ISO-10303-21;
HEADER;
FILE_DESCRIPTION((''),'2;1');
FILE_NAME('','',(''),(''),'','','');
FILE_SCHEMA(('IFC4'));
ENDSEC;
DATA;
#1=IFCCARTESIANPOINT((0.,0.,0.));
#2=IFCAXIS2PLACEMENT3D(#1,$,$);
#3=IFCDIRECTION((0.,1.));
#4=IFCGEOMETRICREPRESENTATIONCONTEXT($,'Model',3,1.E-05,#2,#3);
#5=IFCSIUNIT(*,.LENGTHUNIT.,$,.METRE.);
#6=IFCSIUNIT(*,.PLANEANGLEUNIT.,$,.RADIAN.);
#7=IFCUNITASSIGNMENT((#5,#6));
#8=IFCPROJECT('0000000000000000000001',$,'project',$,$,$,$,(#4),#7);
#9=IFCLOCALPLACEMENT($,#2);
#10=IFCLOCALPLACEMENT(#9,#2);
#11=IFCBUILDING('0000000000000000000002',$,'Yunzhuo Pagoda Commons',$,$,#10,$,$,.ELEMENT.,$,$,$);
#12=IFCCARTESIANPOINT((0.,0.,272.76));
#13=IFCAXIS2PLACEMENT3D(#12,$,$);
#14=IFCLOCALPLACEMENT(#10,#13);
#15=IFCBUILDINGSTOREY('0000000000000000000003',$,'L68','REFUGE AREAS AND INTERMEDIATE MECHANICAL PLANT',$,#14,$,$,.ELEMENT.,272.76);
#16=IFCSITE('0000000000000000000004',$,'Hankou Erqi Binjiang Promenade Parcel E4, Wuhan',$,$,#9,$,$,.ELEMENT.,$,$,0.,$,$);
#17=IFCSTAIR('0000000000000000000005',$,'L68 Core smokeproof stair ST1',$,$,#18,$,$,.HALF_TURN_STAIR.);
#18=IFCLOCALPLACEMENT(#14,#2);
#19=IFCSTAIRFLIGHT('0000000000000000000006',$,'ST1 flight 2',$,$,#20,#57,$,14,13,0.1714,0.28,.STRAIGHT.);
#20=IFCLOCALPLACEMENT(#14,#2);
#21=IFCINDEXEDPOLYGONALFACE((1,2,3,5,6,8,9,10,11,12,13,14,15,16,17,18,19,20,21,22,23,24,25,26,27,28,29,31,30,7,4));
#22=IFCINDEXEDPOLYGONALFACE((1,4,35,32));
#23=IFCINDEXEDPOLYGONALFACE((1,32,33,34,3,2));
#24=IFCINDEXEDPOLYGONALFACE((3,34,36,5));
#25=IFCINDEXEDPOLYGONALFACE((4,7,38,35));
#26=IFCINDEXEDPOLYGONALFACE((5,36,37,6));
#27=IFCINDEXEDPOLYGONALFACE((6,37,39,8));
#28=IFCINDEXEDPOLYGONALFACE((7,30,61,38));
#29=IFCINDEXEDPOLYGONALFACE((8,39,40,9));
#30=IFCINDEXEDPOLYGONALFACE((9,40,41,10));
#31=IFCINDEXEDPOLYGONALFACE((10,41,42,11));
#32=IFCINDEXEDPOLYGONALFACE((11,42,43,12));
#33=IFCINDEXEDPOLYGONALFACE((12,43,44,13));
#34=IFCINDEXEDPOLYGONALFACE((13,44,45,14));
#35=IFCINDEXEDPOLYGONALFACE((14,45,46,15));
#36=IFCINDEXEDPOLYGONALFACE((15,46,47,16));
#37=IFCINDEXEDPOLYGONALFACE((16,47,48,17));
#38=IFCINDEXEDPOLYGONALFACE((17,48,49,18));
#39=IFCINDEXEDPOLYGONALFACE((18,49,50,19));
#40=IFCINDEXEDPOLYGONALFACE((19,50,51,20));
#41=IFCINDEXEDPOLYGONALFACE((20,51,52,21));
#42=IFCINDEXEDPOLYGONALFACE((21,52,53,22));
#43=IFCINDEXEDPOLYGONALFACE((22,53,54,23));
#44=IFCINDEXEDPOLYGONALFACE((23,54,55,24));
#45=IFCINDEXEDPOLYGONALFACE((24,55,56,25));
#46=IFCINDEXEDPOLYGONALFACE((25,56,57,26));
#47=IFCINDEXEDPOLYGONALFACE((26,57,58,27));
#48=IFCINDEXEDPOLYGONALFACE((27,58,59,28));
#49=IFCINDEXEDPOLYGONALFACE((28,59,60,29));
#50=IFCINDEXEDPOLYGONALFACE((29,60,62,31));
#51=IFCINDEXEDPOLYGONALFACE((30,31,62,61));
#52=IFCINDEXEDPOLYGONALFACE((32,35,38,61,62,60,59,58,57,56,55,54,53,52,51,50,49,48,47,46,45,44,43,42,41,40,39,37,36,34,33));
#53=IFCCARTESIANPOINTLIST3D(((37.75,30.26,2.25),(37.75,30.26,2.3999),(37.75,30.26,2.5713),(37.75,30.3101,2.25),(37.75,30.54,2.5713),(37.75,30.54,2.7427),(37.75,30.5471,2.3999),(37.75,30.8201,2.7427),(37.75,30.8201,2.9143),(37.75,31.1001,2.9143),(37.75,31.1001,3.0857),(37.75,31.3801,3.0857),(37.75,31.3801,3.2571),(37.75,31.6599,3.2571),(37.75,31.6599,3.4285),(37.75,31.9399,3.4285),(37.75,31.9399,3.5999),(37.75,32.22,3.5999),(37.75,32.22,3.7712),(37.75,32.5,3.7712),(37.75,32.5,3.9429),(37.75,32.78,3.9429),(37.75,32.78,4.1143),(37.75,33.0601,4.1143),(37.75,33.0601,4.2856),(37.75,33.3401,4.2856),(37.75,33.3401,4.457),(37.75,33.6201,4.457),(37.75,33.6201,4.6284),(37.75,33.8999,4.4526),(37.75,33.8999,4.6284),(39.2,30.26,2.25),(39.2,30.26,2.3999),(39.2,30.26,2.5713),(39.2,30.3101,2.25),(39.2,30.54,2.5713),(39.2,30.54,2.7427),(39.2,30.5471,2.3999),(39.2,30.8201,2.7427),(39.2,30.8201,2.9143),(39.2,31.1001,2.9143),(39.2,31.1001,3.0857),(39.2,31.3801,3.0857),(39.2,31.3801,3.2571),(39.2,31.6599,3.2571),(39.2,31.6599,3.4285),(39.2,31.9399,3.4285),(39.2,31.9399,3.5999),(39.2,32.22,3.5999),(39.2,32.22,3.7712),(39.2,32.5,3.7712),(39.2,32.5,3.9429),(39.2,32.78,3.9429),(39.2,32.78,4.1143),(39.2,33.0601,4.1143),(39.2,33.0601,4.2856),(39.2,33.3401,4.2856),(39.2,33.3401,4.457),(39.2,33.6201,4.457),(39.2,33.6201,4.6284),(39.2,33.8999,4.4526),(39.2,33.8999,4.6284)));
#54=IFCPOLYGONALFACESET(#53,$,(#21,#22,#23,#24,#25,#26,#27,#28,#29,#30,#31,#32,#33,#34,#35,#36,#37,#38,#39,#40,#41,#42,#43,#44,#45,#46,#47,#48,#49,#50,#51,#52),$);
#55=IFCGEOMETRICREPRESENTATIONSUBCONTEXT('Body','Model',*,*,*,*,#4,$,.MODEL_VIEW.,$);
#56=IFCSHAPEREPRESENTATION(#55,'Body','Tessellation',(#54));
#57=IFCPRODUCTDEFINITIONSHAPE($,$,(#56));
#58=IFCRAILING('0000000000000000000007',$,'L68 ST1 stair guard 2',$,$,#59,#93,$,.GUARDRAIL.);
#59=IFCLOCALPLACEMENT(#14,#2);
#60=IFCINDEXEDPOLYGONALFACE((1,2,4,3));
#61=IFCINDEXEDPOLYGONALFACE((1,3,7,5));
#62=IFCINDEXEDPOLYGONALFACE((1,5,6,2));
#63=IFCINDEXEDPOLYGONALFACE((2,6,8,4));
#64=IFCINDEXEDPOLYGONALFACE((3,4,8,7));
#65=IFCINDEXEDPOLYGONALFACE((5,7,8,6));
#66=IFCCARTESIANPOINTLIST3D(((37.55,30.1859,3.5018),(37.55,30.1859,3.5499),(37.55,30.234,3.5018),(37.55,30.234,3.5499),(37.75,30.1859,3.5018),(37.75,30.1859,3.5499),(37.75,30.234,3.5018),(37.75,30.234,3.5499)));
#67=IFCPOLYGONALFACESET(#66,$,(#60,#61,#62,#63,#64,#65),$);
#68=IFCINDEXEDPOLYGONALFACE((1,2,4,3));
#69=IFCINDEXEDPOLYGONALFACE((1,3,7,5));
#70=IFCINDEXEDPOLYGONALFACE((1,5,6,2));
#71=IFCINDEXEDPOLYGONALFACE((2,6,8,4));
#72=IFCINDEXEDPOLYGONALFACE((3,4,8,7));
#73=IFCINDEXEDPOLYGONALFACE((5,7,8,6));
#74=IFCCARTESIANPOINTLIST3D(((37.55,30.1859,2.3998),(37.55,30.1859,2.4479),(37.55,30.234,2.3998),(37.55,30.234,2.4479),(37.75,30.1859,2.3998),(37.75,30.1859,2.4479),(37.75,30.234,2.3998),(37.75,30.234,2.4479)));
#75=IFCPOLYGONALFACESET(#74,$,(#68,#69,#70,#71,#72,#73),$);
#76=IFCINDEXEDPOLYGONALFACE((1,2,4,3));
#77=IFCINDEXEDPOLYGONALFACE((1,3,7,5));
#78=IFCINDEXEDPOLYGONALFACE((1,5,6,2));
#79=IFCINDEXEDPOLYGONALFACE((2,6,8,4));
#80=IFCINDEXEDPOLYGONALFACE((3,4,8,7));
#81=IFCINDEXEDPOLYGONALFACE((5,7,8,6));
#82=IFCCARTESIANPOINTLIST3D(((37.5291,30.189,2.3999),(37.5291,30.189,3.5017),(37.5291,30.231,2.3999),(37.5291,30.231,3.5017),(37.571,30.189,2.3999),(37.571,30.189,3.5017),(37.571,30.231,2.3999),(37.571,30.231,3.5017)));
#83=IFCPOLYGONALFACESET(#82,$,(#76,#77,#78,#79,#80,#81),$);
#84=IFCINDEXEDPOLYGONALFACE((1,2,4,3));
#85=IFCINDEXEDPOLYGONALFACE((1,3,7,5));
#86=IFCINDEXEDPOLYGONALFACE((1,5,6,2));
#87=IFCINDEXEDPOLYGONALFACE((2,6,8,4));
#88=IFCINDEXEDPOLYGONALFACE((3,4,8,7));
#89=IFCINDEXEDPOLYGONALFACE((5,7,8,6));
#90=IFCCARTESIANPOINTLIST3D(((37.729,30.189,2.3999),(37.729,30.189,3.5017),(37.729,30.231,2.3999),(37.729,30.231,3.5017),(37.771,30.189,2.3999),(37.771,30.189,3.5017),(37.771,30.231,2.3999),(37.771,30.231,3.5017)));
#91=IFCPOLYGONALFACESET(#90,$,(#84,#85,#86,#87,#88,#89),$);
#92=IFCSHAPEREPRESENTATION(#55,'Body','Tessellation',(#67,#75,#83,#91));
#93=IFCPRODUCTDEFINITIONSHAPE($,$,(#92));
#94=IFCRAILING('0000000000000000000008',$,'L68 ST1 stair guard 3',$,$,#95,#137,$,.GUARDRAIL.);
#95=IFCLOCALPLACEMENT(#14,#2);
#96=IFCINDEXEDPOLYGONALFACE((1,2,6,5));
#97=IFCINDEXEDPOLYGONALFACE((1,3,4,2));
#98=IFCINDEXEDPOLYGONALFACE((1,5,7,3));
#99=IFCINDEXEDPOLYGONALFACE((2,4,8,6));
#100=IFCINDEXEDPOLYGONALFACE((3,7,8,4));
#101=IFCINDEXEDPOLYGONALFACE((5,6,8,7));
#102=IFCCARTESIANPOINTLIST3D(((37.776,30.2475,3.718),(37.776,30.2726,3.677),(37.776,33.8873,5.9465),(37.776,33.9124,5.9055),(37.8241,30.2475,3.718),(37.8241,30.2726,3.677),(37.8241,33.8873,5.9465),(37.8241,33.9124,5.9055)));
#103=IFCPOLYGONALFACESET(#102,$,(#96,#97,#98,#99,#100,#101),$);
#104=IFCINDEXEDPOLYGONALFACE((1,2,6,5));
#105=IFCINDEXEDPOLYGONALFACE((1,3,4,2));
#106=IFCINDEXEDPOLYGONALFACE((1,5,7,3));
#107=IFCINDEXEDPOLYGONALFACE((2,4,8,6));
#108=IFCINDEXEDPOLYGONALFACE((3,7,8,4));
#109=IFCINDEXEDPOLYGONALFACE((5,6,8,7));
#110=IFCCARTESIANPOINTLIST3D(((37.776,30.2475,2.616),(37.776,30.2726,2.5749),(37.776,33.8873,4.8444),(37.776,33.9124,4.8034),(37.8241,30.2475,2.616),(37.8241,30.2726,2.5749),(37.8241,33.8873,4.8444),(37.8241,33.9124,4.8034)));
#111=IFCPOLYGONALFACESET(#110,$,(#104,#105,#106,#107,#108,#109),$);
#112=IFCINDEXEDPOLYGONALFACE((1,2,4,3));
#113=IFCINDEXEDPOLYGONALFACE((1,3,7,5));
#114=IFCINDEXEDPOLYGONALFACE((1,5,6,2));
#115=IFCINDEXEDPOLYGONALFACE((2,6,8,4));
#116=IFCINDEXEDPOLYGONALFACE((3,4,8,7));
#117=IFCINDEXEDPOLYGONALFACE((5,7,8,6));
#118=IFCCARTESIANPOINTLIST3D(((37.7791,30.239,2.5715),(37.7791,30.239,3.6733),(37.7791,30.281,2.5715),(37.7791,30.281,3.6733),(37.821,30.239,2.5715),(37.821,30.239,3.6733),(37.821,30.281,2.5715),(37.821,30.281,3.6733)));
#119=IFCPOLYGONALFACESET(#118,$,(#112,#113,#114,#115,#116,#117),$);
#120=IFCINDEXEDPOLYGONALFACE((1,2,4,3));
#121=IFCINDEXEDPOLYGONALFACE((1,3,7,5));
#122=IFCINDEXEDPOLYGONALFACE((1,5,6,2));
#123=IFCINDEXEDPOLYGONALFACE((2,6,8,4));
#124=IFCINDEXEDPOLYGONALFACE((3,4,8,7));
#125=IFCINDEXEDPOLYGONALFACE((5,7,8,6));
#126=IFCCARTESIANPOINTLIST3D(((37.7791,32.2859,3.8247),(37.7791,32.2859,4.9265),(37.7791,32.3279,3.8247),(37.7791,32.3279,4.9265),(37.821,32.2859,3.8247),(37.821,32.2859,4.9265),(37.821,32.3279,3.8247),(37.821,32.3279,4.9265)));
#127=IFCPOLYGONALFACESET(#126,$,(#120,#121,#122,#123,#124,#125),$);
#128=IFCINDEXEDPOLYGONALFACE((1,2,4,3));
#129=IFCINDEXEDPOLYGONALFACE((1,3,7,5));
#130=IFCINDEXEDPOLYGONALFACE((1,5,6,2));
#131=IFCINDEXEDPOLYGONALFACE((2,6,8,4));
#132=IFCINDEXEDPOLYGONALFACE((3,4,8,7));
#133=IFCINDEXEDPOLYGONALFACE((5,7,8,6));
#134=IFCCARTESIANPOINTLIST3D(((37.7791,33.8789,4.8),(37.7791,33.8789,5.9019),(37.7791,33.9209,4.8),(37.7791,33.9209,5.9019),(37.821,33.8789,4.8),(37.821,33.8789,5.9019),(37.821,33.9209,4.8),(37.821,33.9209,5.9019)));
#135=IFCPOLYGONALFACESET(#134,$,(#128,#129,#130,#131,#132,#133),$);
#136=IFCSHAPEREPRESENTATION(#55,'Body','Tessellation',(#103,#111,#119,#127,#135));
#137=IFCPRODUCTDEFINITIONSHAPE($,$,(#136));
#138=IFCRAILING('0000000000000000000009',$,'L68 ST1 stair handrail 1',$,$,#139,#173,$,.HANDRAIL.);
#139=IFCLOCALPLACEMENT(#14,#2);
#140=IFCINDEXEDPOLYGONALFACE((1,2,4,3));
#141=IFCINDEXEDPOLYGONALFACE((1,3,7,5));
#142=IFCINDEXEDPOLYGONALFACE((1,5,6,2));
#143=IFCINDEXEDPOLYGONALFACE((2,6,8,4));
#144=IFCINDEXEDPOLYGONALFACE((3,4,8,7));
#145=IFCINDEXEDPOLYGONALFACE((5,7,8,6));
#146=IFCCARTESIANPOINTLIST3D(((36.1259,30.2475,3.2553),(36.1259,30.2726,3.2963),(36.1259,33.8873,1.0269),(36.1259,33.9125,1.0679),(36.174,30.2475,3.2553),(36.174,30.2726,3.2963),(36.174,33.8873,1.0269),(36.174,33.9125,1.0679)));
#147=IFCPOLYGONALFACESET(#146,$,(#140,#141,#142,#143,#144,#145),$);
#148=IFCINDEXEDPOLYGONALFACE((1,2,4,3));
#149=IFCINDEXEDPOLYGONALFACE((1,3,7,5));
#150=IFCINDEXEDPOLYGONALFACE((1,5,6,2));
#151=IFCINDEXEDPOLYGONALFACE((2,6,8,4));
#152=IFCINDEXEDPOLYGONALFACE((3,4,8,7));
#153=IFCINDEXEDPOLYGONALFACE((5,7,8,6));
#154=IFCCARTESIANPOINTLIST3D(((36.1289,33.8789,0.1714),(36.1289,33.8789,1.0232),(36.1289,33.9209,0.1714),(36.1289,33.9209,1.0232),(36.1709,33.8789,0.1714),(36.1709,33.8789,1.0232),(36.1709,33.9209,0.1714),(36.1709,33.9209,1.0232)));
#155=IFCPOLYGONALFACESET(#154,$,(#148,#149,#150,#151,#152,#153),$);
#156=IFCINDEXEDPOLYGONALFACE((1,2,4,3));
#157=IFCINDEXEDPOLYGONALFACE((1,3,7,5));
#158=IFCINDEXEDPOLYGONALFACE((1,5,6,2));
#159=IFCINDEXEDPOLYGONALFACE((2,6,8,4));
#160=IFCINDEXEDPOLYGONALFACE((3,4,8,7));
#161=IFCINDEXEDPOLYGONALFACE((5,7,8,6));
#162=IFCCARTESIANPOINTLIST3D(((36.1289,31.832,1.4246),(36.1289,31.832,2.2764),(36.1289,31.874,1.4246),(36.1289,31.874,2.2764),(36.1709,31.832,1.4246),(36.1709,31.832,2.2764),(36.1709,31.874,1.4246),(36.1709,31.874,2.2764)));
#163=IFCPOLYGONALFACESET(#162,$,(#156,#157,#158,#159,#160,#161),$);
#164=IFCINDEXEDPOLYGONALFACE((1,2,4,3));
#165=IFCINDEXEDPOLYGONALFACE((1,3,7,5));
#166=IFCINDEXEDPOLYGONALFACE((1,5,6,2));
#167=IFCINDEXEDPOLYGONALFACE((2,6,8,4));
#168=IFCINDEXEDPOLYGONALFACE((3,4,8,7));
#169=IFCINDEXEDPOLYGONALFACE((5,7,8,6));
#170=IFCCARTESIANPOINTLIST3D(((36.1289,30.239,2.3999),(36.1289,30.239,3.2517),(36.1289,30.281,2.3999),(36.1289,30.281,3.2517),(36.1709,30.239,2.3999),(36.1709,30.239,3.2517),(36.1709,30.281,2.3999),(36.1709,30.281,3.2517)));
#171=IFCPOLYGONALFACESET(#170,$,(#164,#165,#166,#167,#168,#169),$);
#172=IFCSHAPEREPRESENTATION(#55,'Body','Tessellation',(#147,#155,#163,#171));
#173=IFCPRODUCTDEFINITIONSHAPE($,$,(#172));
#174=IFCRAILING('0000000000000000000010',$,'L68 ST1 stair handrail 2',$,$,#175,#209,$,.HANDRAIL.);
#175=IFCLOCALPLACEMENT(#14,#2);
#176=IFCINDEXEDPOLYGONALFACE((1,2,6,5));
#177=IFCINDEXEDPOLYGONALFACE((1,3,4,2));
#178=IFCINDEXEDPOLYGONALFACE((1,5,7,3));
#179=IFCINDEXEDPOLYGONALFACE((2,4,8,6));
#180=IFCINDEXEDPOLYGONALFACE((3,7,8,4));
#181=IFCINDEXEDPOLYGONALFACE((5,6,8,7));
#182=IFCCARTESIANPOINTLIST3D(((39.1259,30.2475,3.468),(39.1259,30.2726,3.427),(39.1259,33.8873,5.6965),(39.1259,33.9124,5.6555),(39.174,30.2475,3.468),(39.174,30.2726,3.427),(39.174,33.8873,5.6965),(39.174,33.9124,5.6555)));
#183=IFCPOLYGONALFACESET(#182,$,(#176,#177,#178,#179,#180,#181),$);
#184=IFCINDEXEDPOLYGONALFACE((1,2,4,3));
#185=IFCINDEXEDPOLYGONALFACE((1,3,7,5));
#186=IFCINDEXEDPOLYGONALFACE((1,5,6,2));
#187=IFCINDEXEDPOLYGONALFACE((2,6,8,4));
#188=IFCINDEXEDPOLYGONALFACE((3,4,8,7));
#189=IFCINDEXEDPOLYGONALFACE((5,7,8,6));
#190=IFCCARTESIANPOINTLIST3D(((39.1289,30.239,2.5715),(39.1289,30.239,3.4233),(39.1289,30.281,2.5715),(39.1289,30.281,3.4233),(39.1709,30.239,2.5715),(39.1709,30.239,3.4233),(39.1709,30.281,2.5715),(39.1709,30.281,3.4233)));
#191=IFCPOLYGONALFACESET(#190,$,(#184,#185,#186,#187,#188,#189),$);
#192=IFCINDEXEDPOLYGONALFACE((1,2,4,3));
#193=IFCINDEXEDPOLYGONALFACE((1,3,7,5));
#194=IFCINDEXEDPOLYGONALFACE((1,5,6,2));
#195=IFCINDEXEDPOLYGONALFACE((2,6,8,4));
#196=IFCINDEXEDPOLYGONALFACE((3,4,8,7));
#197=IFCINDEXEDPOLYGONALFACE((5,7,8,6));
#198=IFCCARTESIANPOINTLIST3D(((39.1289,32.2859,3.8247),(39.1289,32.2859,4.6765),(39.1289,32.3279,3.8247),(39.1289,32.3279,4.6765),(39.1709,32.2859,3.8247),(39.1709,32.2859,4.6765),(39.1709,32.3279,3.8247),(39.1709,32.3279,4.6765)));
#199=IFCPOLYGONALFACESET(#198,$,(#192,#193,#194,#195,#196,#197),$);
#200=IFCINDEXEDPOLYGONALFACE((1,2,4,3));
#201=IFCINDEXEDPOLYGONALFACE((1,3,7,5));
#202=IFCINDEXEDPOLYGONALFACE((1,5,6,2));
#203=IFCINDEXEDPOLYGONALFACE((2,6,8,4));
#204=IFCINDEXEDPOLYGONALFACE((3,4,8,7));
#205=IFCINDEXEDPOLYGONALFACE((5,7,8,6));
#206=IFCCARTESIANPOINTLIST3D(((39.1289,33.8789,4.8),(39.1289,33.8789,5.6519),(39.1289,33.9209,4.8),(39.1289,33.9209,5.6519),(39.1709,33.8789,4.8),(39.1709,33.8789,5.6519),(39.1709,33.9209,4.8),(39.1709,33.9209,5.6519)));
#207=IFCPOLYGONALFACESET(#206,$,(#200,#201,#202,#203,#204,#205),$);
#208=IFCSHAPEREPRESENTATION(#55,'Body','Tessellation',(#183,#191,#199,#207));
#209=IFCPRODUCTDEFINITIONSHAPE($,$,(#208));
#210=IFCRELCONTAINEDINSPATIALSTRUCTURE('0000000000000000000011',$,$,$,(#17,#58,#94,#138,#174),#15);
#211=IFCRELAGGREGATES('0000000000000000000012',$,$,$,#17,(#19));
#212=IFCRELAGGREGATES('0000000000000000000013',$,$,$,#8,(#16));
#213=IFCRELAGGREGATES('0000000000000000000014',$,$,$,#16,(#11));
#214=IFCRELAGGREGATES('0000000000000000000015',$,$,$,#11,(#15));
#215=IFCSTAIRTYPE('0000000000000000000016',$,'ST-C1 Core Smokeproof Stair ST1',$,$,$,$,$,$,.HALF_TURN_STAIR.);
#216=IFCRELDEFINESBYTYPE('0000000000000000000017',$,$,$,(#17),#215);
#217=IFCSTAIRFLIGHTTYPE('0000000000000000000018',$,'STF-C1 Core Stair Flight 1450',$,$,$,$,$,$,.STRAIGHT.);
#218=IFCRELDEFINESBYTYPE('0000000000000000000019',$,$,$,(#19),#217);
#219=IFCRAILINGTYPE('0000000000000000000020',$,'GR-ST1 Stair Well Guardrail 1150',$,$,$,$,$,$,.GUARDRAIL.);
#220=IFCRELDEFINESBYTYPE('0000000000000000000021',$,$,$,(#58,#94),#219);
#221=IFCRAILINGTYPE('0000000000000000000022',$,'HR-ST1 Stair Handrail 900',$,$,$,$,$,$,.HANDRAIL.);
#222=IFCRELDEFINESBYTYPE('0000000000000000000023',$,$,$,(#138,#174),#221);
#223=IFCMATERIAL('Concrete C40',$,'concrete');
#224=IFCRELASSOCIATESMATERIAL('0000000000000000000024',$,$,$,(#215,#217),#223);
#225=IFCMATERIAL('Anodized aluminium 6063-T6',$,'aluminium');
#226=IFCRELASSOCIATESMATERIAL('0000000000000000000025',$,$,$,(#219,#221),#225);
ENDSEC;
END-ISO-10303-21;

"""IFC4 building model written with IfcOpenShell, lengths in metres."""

from ifc_helpers import new_model, si_unit, direction, frame, origin, origin_2d, place, context, subcontext, project, spatial, polyline, rectangle, outline, extrude, source, transform, mapped, material, type_object, element, aggregate, save


model = new_model("IFC4")

# Units and contexts
model_context = context("Model", 3, precision=1e-05, world=origin(), true_north=direction((0.0, 1.0)))
body_context = subcontext(model_context, "Body", "Model", "MODEL_VIEW")
ifc_project = project(units=[si_unit("LENGTHUNIT", "METRE"), si_unit("PLANEANGLEUNIT", "RADIAN")], contexts=[model_context])

# Site, building, storey
site_placement = place(None, origin())
site = spatial("IfcSite", under=ifc_project, at=site_placement, Name="Hankou Erqi Binjiang Promenade Parcel E4, Wuhan", CompositionType="ELEMENT", RefElevation=0.0)
building_placement = place(site_placement, origin())
building = spatial("IfcBuilding", under=site, at=building_placement, Name="Yunzhuo Pagoda Commons", CompositionType="ELEMENT")
storey_placement = place(building_placement, frame((0.0, 0.0, 272.76)))
storey = spatial("IfcBuildingStorey", under=building, at=storey_placement, Name="L68", Description="REFUGE AREAS AND INTERMEDIATE MECHANICAL PLANT", CompositionType="ELEMENT", Elevation=272.76)

# Shared definitions
ifc_material_1 = material(Name="Concrete C40", Category="concrete")

# Stair, stair flight
stair_type = type_object("IfcStairType", Name="ST-C1 Core Smokeproof Stair ST1", PredefinedType="HALF_TURN_STAIR", material=ifc_material_1)
stair_placement = place(storey_placement, origin())
stair = element("IfcStair", 1, at=stair_placement, inside=storey, type_object=stair_type, Name="L68 Core smokeproof stair ST1", PredefinedType="HALF_TURN_STAIR")
stair_flight_type = type_object("IfcStairFlightType", Name="STF-C1 Core Stair Flight 1450", PredefinedType="STRAIGHT", material=ifc_material_1)
shared_shape_1 = source(origin(), body_context, "Body", "SweptSolid", [
    extrude(outline(polyline([(0.0, -0.1499), (0.0, 0.0), (0.0, 0.1714), (0.28, 0.1714), (0.28, 0.3428), (0.5601, 0.3428), (0.5601, 0.5144), (0.8401, 0.5144), (0.8401, 0.6858), (1.1201, 0.6858), (1.1201, 0.8572), (1.3999, 0.8572), (1.3999, 1.0286), (1.6799, 1.0286), (1.6799, 1.2), (1.96, 1.2), (1.96, 1.3713), (2.24, 1.3713), (2.24, 1.543), (2.52, 1.543), (2.52, 1.7144), (2.8, 1.7144), (2.8, 1.8857), (3.0801, 1.8857), (3.0801, 2.0571), (3.3601, 2.0571), (3.3601, 2.2285), (3.6399, 2.2285), (3.6399, 2.3999), (3.6399, 2.0527), (0.2871, 0.0), (0.05, -0.1499), (0.0, -0.1499)])), frame((0.0, 0.7251, 0.0), z_axis=(0.0, -1.0, 0.0), x_axis=(1.0, 0.0, 0.0)), (0.0, 0.0, 1.0), 1.45),
])
stair_flight_placement = place(storey_placement, frame((38.4751, 30.26, 2.3999), z_axis=(0.0, 0.0, 1.0), x_axis=(0.0, 1.0, 0.0)))
stair_flight = element("IfcStairFlight", 2, at=stair_flight_placement, type_object=stair_flight_type, Name="ST1 flight 2", NumberOfRisers=14, NumberOfTreads=13, PredefinedType="STRAIGHT", RiserHeight=0.1714, TreadLength=0.28, context=body_context, shape_type="MappedRepresentation", body=[
    mapped(shared_shape_1, transform((0.0, 0.0, 0.0), scale=1.0)),
])
aggregate(stair, [stair_flight])

# Railings
ifc_material_2 = material(Name="Anodized aluminium 6063-T6", Category="aluminium")
railing_type_1 = type_object("IfcRailingType", Name="GR-ST1 Stair Well Guardrail 1150", PredefinedType="GUARDRAIL", material=ifc_material_2)
railing_1_placement = place(storey_placement, frame((37.55, 30.21, 2.3999)))
element("IfcRailing", 3, at=railing_1_placement, inside=storey, type_object=railing_type_1, Name="L68 ST1 stair guard 2", PredefinedType="GUARDRAIL", context=body_context, shape_type="SweptSolid", body=[
    extrude(rectangle(XDim=0.0481, YDim=0.0481, at=origin_2d()), frame((0.0, 0.0, 1.126), z_axis=(1.0, 0.0, 0.0), x_axis=(0.0, 1.0, 0.0)), (0.0, 0.0, 1.0), 0.2),
    extrude(rectangle(XDim=0.0481, YDim=0.0481, at=origin_2d()), frame((0.0, 0.0, 0.0239), z_axis=(1.0, 0.0, 0.0), x_axis=(0.0, 1.0, 0.0)), (0.0, 0.0, 1.0), 0.2),
    extrude(rectangle(XDim=0.042, YDim=0.042, at=origin_2d()), origin(), (0.0, 0.0, 1.0), 1.1018),
    extrude(rectangle(XDim=0.042, YDim=0.042, at=origin_2d()), frame((0.2, 0.0, 0.0)), (0.0, 0.0, 1.0), 1.1018),
])
railing_2_placement = place(storey_placement, frame((37.8, 30.26, 2.5715)))
element("IfcRailing", 4, at=railing_2_placement, inside=storey, type_object=railing_type_1, Name="L68 ST1 stair guard 3", PredefinedType="GUARDRAIL", context=body_context, shape_type="SweptSolid", body=[
    extrude(rectangle(XDim=0.0481, YDim=0.0481, at=origin_2d()), frame((0.0, 0.0, 1.126), z_axis=(0.0, 0.85285, 0.522156), x_axis=(-1.0, 0.0, 0.0)), (0.0, 0.0, 1.0), 4.2678),
    extrude(rectangle(XDim=0.0481, YDim=0.0481, at=origin_2d()), frame((0.0, 0.0, 0.0239), z_axis=(0.0, 0.85285, 0.522156), x_axis=(-1.0, 0.0, 0.0)), (0.0, 0.0, 1.0), 4.2678),
    extrude(rectangle(XDim=0.042, YDim=0.042, at=origin_2d()), origin(), (0.0, 0.0, 1.0), 1.1018),
    extrude(rectangle(XDim=0.042, YDim=0.042, at=origin_2d()), frame((0.0, 2.0469, 1.2532)), (0.0, 0.0, 1.0), 1.1018),
    extrude(rectangle(XDim=0.042, YDim=0.042, at=origin_2d()), frame((0.0, 3.6399, 2.2285)), (0.0, 0.0, 1.0), 1.1018),
])
railing_type_2 = type_object("IfcRailingType", Name="HR-ST1 Stair Handrail 900", PredefinedType="HANDRAIL", material=ifc_material_2)
railing_3_placement = place(storey_placement, frame((36.1499, 33.8999, 0.1714)))
element("IfcRailing", 5, at=railing_3_placement, inside=storey, type_object=railing_type_2, Name="L68 ST1 stair handrail 1", PredefinedType="HANDRAIL", context=body_context, shape_type="SweptSolid", body=[
    extrude(rectangle(XDim=0.0481, YDim=0.0481, at=origin_2d()), frame((0.0, 0.0, 0.876), z_axis=(0.0, -0.85285, 0.522156), x_axis=(1.0, 0.0, 0.0)), (0.0, 0.0, 1.0), 4.2678),
    extrude(rectangle(XDim=0.042, YDim=0.042, at=origin_2d()), origin(), (0.0, 0.0, 1.0), 0.8518),
    extrude(rectangle(XDim=0.042, YDim=0.042, at=origin_2d()), frame((0.0, -2.0469, 1.2532)), (0.0, 0.0, 1.0), 0.8518),
    extrude(rectangle(XDim=0.042, YDim=0.042, at=origin_2d()), frame((0.0, -3.6399, 2.2285)), (0.0, 0.0, 1.0), 0.8518),
])
railing_4_placement = place(storey_placement, frame((39.1499, 30.26, 2.5715)))
element("IfcRailing", 6, at=railing_4_placement, inside=storey, type_object=railing_type_2, Name="L68 ST1 stair handrail 2", PredefinedType="HANDRAIL", context=body_context, shape_type="SweptSolid", body=[
    extrude(rectangle(XDim=0.0481, YDim=0.0481, at=origin_2d()), frame((0.0, 0.0, 0.876), z_axis=(0.0, 0.85285, 0.522156), x_axis=(-1.0, 0.0, 0.0)), (0.0, 0.0, 1.0), 4.2678),
    extrude(rectangle(XDim=0.042, YDim=0.042, at=origin_2d()), origin(), (0.0, 0.0, 1.0), 0.8518),
    extrude(rectangle(XDim=0.042, YDim=0.042, at=origin_2d()), frame((0.0, 2.0469, 1.2532)), (0.0, 0.0, 1.0), 0.8518),
    extrude(rectangle(XDim=0.042, YDim=0.042, at=origin_2d()), frame((0.0, 3.6399, 2.2285)), (0.0, 0.0, 1.0), 0.8518),
])

save(model, "model.ifc")
